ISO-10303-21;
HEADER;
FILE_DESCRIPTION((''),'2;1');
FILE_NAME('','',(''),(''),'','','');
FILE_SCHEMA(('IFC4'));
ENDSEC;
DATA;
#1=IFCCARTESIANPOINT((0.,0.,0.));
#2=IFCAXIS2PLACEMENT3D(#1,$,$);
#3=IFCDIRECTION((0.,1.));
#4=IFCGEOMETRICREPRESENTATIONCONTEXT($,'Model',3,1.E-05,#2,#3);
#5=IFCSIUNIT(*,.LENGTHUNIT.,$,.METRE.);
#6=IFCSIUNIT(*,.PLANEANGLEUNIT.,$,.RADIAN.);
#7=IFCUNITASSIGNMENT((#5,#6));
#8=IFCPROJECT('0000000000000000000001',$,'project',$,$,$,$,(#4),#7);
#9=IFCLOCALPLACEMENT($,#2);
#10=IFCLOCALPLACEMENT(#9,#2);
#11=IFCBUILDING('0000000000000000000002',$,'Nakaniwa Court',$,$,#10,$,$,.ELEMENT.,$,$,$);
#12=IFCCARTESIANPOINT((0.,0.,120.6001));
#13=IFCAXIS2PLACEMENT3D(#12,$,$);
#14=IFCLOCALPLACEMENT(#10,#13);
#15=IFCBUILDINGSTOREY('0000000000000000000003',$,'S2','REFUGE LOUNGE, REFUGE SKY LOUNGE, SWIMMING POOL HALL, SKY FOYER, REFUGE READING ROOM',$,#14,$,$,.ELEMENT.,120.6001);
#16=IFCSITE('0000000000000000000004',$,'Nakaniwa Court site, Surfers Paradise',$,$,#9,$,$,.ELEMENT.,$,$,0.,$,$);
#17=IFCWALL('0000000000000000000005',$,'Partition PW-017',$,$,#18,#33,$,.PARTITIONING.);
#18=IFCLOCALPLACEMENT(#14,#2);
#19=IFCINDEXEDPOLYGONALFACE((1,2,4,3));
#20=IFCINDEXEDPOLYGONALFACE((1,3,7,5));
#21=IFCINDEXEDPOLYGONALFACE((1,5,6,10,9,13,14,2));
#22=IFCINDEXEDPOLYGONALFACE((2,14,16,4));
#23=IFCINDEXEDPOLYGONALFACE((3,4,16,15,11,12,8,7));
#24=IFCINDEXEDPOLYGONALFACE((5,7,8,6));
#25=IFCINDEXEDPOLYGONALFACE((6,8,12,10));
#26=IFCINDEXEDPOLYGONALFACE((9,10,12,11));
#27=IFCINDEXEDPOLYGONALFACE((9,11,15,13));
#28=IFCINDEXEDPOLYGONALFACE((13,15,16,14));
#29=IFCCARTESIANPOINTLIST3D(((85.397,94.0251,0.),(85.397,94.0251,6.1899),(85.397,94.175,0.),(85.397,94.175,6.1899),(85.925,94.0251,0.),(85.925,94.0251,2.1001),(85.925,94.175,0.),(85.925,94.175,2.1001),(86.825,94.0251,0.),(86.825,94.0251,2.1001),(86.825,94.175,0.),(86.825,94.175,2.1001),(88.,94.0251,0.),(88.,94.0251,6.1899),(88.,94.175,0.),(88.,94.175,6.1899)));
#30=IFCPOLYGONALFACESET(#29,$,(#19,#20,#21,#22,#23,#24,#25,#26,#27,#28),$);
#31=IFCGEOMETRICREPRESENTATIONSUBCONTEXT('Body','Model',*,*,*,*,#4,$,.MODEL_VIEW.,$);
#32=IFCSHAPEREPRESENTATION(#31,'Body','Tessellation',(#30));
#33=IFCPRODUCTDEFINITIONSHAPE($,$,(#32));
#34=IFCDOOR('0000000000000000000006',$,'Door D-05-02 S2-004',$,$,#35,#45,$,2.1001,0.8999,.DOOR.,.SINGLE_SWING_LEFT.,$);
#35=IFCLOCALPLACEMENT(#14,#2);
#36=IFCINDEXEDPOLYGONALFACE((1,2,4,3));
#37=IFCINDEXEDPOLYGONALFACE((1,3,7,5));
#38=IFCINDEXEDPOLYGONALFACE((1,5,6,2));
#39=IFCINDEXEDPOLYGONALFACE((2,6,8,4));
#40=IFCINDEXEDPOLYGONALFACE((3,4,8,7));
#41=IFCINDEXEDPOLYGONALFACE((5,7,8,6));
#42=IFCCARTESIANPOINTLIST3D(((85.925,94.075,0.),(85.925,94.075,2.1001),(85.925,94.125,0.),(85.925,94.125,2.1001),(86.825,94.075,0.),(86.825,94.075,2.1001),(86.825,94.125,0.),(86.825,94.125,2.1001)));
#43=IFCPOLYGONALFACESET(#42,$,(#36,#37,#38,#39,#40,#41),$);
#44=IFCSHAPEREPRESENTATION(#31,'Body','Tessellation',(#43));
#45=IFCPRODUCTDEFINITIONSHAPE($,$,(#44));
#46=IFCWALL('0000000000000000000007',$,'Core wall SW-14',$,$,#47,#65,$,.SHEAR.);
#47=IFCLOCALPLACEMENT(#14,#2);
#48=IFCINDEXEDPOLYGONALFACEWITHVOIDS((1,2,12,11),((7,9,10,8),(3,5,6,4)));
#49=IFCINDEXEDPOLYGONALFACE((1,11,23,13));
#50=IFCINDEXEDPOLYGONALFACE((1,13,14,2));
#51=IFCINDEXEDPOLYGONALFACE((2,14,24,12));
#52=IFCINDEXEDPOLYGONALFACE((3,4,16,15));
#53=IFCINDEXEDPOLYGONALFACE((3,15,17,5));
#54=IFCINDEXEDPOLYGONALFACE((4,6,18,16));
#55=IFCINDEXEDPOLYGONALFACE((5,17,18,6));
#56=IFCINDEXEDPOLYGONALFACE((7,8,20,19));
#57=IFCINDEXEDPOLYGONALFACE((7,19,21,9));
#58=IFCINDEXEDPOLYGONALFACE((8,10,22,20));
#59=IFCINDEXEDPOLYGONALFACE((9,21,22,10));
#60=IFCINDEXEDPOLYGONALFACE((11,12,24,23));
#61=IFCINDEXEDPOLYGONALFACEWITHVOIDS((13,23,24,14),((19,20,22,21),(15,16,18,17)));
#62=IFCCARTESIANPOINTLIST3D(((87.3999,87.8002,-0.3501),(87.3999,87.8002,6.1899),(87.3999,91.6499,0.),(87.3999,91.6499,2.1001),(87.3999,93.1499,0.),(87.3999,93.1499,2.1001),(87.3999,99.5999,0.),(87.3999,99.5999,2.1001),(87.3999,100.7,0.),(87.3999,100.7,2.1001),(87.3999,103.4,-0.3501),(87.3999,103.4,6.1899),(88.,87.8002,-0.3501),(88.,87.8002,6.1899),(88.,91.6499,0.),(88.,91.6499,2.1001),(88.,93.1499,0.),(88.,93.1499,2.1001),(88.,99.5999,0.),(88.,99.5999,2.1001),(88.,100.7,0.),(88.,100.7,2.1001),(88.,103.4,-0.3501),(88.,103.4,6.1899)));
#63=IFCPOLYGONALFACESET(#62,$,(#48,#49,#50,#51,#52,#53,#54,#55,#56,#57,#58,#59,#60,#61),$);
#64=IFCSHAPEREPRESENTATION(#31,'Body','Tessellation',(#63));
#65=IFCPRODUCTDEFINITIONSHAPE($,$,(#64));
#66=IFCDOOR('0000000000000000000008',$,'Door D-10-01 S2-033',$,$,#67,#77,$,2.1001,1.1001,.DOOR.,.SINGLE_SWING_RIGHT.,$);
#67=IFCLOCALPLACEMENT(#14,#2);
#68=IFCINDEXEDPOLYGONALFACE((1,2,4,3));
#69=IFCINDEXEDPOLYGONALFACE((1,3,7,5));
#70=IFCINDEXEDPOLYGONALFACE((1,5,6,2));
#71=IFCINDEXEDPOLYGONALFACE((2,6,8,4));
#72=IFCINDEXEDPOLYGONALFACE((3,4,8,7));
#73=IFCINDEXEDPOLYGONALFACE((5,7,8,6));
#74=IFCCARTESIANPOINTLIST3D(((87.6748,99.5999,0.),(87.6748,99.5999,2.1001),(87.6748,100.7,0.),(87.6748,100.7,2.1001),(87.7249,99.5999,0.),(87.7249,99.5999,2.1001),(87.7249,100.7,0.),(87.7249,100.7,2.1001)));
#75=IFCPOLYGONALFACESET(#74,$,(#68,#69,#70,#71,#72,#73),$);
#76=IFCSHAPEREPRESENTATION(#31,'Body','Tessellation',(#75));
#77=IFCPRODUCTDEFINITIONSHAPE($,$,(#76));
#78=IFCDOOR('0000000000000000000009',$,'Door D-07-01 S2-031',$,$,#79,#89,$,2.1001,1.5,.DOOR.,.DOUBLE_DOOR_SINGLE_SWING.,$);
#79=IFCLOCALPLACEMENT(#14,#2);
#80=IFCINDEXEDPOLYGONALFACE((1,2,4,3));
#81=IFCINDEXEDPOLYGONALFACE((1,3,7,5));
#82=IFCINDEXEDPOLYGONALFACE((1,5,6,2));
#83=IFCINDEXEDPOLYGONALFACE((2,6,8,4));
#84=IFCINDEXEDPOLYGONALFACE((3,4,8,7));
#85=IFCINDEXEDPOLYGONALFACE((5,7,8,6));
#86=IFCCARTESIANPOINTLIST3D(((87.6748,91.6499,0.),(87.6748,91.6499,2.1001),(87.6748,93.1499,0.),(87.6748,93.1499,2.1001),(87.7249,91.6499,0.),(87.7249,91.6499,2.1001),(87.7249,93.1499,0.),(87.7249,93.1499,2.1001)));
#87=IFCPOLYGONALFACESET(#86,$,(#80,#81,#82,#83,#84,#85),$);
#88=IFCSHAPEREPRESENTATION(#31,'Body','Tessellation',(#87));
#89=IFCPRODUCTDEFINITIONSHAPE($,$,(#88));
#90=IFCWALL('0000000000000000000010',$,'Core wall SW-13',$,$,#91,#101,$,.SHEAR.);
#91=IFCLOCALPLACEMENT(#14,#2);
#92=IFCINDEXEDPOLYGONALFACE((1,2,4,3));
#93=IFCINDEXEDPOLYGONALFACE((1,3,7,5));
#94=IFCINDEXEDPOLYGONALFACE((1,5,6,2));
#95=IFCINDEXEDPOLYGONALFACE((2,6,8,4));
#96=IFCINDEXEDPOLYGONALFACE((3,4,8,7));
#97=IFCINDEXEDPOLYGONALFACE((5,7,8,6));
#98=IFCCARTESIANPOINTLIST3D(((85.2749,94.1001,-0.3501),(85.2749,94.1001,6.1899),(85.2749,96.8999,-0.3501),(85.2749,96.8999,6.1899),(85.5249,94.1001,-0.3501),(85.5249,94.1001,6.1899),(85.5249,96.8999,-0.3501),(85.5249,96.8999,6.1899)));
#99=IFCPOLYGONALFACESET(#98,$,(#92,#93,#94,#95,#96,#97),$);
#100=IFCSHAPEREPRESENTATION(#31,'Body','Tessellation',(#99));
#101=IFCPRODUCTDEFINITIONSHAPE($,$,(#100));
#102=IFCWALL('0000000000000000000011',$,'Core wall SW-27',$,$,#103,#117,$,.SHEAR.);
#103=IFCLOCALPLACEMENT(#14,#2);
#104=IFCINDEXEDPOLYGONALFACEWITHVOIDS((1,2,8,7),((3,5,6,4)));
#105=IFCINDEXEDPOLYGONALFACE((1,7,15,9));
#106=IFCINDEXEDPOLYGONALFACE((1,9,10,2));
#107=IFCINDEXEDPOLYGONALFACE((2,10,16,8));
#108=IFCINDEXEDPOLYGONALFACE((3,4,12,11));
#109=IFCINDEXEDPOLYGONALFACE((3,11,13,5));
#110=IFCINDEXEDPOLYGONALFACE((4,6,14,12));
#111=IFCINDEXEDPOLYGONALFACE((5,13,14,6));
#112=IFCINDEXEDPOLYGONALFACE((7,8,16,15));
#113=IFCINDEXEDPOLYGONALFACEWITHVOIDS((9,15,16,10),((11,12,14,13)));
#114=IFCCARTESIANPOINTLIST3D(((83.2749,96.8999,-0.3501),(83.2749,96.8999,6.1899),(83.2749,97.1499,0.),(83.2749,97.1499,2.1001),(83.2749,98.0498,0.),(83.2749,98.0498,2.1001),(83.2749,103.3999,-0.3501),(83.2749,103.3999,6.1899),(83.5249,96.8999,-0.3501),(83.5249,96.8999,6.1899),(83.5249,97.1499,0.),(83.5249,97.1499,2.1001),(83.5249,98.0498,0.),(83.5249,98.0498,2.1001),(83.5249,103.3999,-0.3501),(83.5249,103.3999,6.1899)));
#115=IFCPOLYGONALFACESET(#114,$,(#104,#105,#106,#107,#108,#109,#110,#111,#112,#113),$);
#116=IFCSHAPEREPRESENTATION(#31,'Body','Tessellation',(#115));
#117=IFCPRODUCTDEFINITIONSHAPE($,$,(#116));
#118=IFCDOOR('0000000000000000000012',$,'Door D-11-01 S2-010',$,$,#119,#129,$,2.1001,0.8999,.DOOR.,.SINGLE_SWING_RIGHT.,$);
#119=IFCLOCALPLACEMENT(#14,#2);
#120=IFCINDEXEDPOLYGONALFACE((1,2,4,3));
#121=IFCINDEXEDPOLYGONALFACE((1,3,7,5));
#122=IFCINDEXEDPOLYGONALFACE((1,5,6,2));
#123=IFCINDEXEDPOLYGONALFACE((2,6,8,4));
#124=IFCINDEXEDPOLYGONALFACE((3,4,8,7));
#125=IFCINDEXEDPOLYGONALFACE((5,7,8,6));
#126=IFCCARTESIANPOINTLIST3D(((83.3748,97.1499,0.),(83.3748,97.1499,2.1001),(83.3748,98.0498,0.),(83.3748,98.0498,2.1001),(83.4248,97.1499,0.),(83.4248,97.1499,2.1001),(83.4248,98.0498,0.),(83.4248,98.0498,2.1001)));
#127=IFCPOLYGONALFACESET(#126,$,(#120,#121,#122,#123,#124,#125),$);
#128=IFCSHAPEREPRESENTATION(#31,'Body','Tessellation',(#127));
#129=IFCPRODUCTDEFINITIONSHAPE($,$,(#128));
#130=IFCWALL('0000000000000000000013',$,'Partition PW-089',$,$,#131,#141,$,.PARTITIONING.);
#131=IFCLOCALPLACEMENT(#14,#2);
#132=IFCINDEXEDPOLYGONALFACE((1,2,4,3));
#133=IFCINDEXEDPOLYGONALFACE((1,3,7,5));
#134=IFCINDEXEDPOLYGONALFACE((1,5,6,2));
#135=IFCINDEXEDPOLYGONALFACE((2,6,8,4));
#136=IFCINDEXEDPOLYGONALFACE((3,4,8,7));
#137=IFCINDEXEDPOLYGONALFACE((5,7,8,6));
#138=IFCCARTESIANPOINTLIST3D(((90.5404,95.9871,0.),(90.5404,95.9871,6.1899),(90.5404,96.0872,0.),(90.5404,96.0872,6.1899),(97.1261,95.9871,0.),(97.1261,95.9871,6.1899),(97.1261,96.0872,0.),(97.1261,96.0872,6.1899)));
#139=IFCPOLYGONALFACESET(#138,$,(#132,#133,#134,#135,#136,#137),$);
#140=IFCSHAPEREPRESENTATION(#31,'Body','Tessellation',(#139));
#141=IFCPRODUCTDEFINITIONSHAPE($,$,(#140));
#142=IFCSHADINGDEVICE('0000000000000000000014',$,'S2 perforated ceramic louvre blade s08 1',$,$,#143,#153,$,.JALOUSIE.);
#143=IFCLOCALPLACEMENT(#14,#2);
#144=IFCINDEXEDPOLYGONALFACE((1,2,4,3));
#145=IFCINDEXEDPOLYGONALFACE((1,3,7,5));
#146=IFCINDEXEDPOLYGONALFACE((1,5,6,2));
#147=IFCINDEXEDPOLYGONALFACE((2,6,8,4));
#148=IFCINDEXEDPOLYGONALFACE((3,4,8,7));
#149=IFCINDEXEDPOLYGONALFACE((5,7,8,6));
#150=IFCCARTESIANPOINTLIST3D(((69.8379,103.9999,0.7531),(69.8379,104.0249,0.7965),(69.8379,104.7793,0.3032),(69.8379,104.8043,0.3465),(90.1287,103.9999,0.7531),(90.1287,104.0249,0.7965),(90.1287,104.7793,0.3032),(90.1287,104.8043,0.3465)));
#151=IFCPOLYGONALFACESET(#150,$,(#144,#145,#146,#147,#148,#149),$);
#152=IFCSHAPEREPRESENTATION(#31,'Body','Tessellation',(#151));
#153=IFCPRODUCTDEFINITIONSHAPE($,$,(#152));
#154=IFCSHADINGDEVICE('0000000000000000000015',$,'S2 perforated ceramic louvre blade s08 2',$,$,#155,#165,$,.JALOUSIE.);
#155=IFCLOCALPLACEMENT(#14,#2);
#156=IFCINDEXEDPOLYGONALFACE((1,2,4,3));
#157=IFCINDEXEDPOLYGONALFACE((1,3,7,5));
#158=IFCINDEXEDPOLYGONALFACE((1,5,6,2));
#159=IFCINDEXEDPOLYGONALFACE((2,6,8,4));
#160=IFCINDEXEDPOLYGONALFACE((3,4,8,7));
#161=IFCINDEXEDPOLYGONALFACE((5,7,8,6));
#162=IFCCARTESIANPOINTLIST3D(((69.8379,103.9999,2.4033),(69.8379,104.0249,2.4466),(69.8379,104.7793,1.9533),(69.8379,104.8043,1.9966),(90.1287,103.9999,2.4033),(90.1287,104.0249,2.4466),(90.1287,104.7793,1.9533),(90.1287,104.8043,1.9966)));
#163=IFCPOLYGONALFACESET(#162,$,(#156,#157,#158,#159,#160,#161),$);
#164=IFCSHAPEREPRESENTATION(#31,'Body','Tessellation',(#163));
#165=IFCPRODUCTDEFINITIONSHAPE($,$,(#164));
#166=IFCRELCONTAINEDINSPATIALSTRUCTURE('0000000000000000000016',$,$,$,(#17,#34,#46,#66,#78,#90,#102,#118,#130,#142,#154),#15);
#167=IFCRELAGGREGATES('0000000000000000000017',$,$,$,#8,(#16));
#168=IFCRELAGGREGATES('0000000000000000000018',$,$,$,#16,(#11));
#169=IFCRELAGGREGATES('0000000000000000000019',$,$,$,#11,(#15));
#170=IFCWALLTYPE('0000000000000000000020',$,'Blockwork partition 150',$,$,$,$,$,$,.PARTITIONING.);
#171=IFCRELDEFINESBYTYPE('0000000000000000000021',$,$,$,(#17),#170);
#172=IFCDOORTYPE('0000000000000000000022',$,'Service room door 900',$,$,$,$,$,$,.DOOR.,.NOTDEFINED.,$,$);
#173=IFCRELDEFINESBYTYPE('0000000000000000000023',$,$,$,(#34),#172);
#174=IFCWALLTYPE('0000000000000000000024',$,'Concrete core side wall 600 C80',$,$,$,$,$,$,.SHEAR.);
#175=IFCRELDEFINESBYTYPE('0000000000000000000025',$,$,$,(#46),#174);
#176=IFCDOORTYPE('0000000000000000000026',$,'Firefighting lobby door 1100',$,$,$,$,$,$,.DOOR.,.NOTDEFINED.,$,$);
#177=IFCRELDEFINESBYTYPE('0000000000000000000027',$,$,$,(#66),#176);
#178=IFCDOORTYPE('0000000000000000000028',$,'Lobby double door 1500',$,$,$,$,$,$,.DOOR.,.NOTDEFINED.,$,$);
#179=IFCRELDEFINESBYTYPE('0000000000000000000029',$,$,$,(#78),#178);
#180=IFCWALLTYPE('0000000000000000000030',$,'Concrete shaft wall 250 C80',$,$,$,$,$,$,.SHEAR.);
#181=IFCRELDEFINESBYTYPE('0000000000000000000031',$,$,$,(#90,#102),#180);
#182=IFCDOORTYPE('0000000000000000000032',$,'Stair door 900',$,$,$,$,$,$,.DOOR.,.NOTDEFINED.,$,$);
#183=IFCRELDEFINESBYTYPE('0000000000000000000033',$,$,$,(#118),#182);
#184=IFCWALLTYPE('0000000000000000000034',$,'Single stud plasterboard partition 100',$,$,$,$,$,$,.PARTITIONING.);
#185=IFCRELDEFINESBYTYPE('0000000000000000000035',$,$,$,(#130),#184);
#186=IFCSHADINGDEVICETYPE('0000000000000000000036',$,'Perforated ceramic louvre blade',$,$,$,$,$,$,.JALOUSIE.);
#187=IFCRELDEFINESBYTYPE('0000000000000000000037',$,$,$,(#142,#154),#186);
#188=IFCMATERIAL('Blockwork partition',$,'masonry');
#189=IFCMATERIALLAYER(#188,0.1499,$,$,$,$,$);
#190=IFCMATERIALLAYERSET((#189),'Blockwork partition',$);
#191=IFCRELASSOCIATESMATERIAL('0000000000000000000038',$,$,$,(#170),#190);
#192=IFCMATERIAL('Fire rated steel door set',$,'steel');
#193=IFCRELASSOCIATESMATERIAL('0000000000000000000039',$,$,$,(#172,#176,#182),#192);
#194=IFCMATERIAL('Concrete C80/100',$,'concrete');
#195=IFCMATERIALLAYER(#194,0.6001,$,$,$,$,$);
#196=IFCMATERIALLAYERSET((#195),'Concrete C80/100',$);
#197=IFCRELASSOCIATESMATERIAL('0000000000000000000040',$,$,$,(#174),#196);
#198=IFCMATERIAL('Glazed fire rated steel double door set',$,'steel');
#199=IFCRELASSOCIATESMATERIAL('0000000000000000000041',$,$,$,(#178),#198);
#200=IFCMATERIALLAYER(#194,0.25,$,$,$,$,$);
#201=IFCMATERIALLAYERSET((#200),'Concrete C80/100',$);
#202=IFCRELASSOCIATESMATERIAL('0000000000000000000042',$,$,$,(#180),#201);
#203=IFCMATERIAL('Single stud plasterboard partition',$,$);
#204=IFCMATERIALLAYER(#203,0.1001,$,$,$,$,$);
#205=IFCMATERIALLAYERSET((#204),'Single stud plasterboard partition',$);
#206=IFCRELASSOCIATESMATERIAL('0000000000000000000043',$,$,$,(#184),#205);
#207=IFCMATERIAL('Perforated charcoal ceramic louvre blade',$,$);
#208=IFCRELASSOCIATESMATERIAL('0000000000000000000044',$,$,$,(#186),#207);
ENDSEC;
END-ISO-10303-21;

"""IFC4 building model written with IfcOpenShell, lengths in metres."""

from ifc_helpers import new_model, si_unit, direction, frame, frame_2d, origin, origin_2d, place, context, subcontext, project, spatial, rectangle, extrude, material, layer, layer_set, material_profile, profile_set, type_object, element, fill, save


model = new_model("IFC4")

# Units and contexts
model_context = context("Model", 3, precision=1e-05, world=origin(), true_north=direction((0.0, 1.0)))
body_context = subcontext(model_context, "Body", "Model", "MODEL_VIEW")
ifc_project = project(units=[si_unit("LENGTHUNIT", "METRE"), si_unit("PLANEANGLEUNIT", "RADIAN")], contexts=[model_context])

# Site, building, storey
site_placement = place(None, origin())
site = spatial("IfcSite", under=ifc_project, at=site_placement, Name="Nakaniwa Court site, Surfers Paradise", CompositionType="ELEMENT", RefElevation=0.0)
building_placement = place(site_placement, origin())
building = spatial("IfcBuilding", under=site, at=building_placement, Name="Nakaniwa Court", CompositionType="ELEMENT")
storey_placement = place(building_placement, frame((0.0, 0.0, 120.6001)))
storey = spatial("IfcBuildingStorey", under=building, at=storey_placement, Name="S2", Description="REFUGE LOUNGE, REFUGE SKY LOUNGE, SWIMMING POOL HALL, SKY FOYER, REFUGE READING ROOM", CompositionType="ELEMENT", Elevation=120.6001)

# Shared definitions
ifc_material_1 = material(Name="Concrete C80/100", Category="concrete")

# Shared definitions
ifc_material_2 = material(Name="Fire rated steel door set", Category="steel")

# Wall, opening, door
ifc_material_3 = material(Name="Blockwork partition", Category="masonry")
ifc_layer_1 = layer(ifc_material_3, 0.1499)
ifc_layer_set_1 = layer_set([ifc_layer_1], Name="Blockwork partition")
wall_type_1 = type_object("IfcWallType", Name="Blockwork partition 150", PredefinedType="PARTITIONING", material=ifc_layer_set_1)
wall_1_placement = place(storey_placement, frame((85.397, 94.1001, 0.0), z_axis=(0.0, 0.0, 1.0), x_axis=(1.0, 0.0, 0.0)))
wall_1 = element("IfcWall", 1, at=wall_1_placement, inside=storey, type_object=wall_type_1, Name="Partition PW-017", PredefinedType="PARTITIONING", context=body_context, shape_type="SweptSolid", body=[
    extrude(rectangle(XDim=2.603, YDim=0.1499, at=frame_2d((1.3015, 0.0))), origin(), (0.0, 0.0, 1.0), 6.1899),
])
opening_1_placement = place(wall_1_placement, frame((0.5281, 0.0, 0.0)))
opening_1 = element("IfcOpeningElement", 2, at=opening_1_placement, cuts=wall_1, PredefinedType="OPENING", context=body_context, shape_type="SweptSolid", body=[
    extrude(rectangle(XDim=0.8999, YDim=2.1001, at=frame_2d((0.45, 1.05))), frame((0.0, 0.085, 0.0), z_axis=(0.0, -1.0, 0.0), x_axis=(1.0, 0.0, 0.0)), (0.0, 0.0, 1.0), 0.1699),
])
door_type_1 = type_object("IfcDoorType", Name="Service room door 900", OperationType="NOTDEFINED", PredefinedType="DOOR", material=ifc_material_2)
door_1_placement = place(opening_1_placement, origin())
door_1 = element("IfcDoor", 3, at=door_1_placement, inside=storey, type_object=door_type_1, Name="Door D-05-02 S2-004", OperationType="SINGLE_SWING_LEFT", OverallHeight=2.1001, OverallWidth=0.8999, PredefinedType="DOOR", context=body_context, shape_type="SweptSolid", body=[
    extrude(rectangle(XDim=0.8999, YDim=2.1001, at=frame_2d((0.45, 1.05))), frame((0.0, 0.0249, 0.0), z_axis=(0.0, -1.0, 0.0), x_axis=(1.0, 0.0, 0.0)), (0.0, 0.0, 1.0), 0.05),
])
fill(opening_1, door_1)

# Wall, openings, doors
ifc_layer_2 = layer(ifc_material_1, 0.6001)
ifc_layer_set_2 = layer_set([ifc_layer_2], Name="Concrete C80/100")
wall_type_2 = type_object("IfcWallType", Name="Concrete core side wall 600 C80", PredefinedType="SHEAR", material=ifc_layer_set_2)
wall_2_placement = place(storey_placement, frame((87.7, 103.3999, -0.3501), z_axis=(0.0, 0.0, 1.0), x_axis=(0.0, -1.0, 0.0)))
wall_2 = element("IfcWall", 4, at=wall_2_placement, inside=storey, type_object=wall_type_2, Name="Core wall SW-14", PredefinedType="SHEAR", context=body_context, shape_type="SweptSolid", body=[
    extrude(rectangle(XDim=15.5999, YDim=0.6001, at=frame_2d((7.7998, 0.0))), origin(), (0.0, 0.0, 1.0), 6.54),
])
opening_2_placement = place(wall_2_placement, frame((10.25, 0.0, 0.3501)))
opening_2 = element("IfcOpeningElement", 5, at=opening_2_placement, cuts=wall_2, PredefinedType="OPENING", context=body_context, shape_type="SweptSolid", body=[
    extrude(rectangle(XDim=1.5, YDim=2.1001, at=frame_2d((0.75, 1.05))), frame((0.0, 0.3101, 0.0), z_axis=(0.0, -1.0, 0.0), x_axis=(1.0, 0.0, 0.0)), (0.0, 0.0, 1.0), 0.6201),
])
opening_3_placement = place(wall_2_placement, frame((2.7, 0.0, 0.3501)))
opening_3 = element("IfcOpeningElement", 6, at=opening_3_placement, cuts=wall_2, PredefinedType="OPENING", context=body_context, shape_type="SweptSolid", body=[
    extrude(rectangle(XDim=1.1001, YDim=2.1001, at=frame_2d((0.55, 1.05))), frame((0.0, 0.3101, 0.0), z_axis=(0.0, -1.0, 0.0), x_axis=(1.0, 0.0, 0.0)), (0.0, 0.0, 1.0), 0.6201),
])
door_type_2 = type_object("IfcDoorType", Name="Firefighting lobby door 1100", OperationType="NOTDEFINED", PredefinedType="DOOR", material=ifc_material_2)
door_2_placement = place(opening_3_placement, origin())
door_2 = element("IfcDoor", 7, at=door_2_placement, inside=storey, type_object=door_type_2, Name="Door D-10-01 S2-033", OperationType="SINGLE_SWING_RIGHT", OverallHeight=2.1001, OverallWidth=1.1001, PredefinedType="DOOR", context=body_context, shape_type="SweptSolid", body=[
    extrude(rectangle(XDim=1.1001, YDim=2.1001, at=frame_2d((0.55, 1.05))), frame((0.0, 0.0249, 0.0), z_axis=(0.0, -1.0, 0.0), x_axis=(1.0, 0.0, 0.0)), (0.0, 0.0, 1.0), 0.05),
])
fill(opening_3, door_2)
ifc_material_4 = material(Name="Glazed fire rated steel double door set", Category="steel")
door_type_3 = type_object("IfcDoorType", Name="Lobby double door 1500", OperationType="NOTDEFINED", PredefinedType="DOOR", material=ifc_material_4)
door_3_placement = place(opening_2_placement, origin())
door_3 = element("IfcDoor", 8, at=door_3_placement, inside=storey, type_object=door_type_3, Name="Door D-07-01 S2-031", OperationType="DOUBLE_DOOR_SINGLE_SWING", OverallHeight=2.1001, OverallWidth=1.5, PredefinedType="DOOR", context=body_context, shape_type="SweptSolid", body=[
    extrude(rectangle(XDim=1.5, YDim=2.1001, at=frame_2d((0.75, 1.05))), frame((0.0, 0.0249, 0.0), z_axis=(0.0, -1.0, 0.0), x_axis=(1.0, 0.0, 0.0)), (0.0, 0.0, 1.0), 0.05),
])
fill(opening_2, door_3)

# Wall
ifc_layer_3 = layer(ifc_material_1, 0.25)
ifc_layer_set_3 = layer_set([ifc_layer_3], Name="Concrete C80/100")
wall_type_3 = type_object("IfcWallType", Name="Concrete shaft wall 250 C80", PredefinedType="SHEAR", material=ifc_layer_set_3)
wall_3_placement = place(storey_placement, frame((85.3999, 94.1001, -0.3501), z_axis=(0.0, 0.0, 1.0), x_axis=(0.0, 1.0, 0.0)))
element("IfcWall", 9, at=wall_3_placement, inside=storey, type_object=wall_type_3, Name="Core wall SW-13", PredefinedType="SHEAR", context=body_context, shape_type="SweptSolid", body=[
    extrude(rectangle(XDim=2.7998, YDim=0.25, at=frame_2d((1.3999, 0.0))), origin(), (0.0, 0.0, 1.0), 6.54),
])

# Wall, opening, door
wall_4_placement = place(storey_placement, frame((83.3999, 103.3999, -0.3501), z_axis=(0.0, 0.0, 1.0), x_axis=(0.0, -1.0, 0.0)))
wall_4 = element("IfcWall", 10, at=wall_4_placement, inside=storey, type_object=wall_type_3, Name="Core wall SW-27", PredefinedType="SHEAR", context=body_context, shape_type="SweptSolid", body=[
    extrude(rectangle(XDim=6.5, YDim=0.25, at=frame_2d((3.25, 0.0))), origin(), (0.0, 0.0, 1.0), 6.54),
])
opening_4_placement = place(wall_4_placement, frame((5.3501, 0.0, 0.3501)))
opening_4 = element("IfcOpeningElement", 11, at=opening_4_placement, cuts=wall_4, PredefinedType="OPENING", context=body_context, shape_type="SweptSolid", body=[
    extrude(rectangle(XDim=0.8999, YDim=2.1001, at=frame_2d((0.45, 1.05))), frame((0.0, 0.135, 0.0), z_axis=(0.0, -1.0, 0.0), x_axis=(1.0, 0.0, 0.0)), (0.0, 0.0, 1.0), 0.27),
])
door_type_4 = type_object("IfcDoorType", Name="Stair door 900", OperationType="NOTDEFINED", PredefinedType="DOOR", material=ifc_material_2)
door_4_placement = place(opening_4_placement, origin())
door_4 = element("IfcDoor", 12, at=door_4_placement, inside=storey, type_object=door_type_4, Name="Door D-11-01 S2-010", OperationType="SINGLE_SWING_RIGHT", OverallHeight=2.1001, OverallWidth=0.8999, PredefinedType="DOOR", context=body_context, shape_type="SweptSolid", body=[
    extrude(rectangle(XDim=0.8999, YDim=2.1001, at=frame_2d((0.45, 1.05))), frame((0.0, 0.0249, 0.0), z_axis=(0.0, -1.0, 0.0), x_axis=(1.0, 0.0, 0.0)), (0.0, 0.0, 1.0), 0.05),
])
fill(opening_4, door_4)

# Wall
ifc_material_5 = material(Name="Single stud plasterboard partition")
ifc_layer_4 = layer(ifc_material_5, 0.1001)
ifc_layer_set_4 = layer_set([ifc_layer_4], Name="Single stud plasterboard partition")
wall_type_4 = type_object("IfcWallType", Name="Single stud plasterboard partition 100", PredefinedType="PARTITIONING", material=ifc_layer_set_4)
wall_5_placement = place(storey_placement, frame((90.5403, 96.0371, 0.0), z_axis=(0.0, 0.0, 1.0), x_axis=(1.0, 0.0, 0.0)))
element("IfcWall", 13, at=wall_5_placement, inside=storey, type_object=wall_type_4, Name="Partition PW-089", PredefinedType="PARTITIONING", context=body_context, shape_type="SweptSolid", body=[
    extrude(rectangle(XDim=6.5857, YDim=0.1001, at=frame_2d((3.293, 0.0))), origin(), (0.0, 0.0, 1.0), 6.1899),
])

# Shading devices
ifc_material_6 = material(Name="Perforated charcoal ceramic louvre blade")
ifc_material_profile_1 = material_profile(ifc_material_6, rectangle(XDim=0.8999, YDim=0.05, at=origin_2d()), Name="Perforated ceramic louvre blade")
ifc_profile_set_1 = profile_set([ifc_material_profile_1], Name="Perforated charcoal ceramic louvre blade")
shading_device_type = type_object("IfcShadingDeviceType", Name="Perforated ceramic louvre blade", PredefinedType="JALOUSIE", material=ifc_profile_set_1)
for number, where, z_axis, x_axis, name in (
    (14, (90.1287, 104.4021, 0.5498), (-1.0, 0.0, 0.0), (0.0, -0.866025, 0.5), "S2 perforated ceramic louvre blade s08 1"),
    (15, (90.1287, 104.4021, 2.2), (-1.0, 0.0, 0.0), (0.0, -0.866025, 0.5), "S2 perforated ceramic louvre blade s08 2"),
):
    element("IfcShadingDevice", number, at=place(storey_placement, frame(where, z_axis=z_axis, x_axis=x_axis)), inside=storey, type_object=shading_device_type, Name=name, PredefinedType="JALOUSIE", context=body_context, shape_type="SweptSolid", body=[
        extrude(rectangle(XDim=0.8999, YDim=0.05, at=origin_2d()), origin(), (0.0, 0.0, 1.0), 20.2908),
    ])

save(model, "model.ifc")
